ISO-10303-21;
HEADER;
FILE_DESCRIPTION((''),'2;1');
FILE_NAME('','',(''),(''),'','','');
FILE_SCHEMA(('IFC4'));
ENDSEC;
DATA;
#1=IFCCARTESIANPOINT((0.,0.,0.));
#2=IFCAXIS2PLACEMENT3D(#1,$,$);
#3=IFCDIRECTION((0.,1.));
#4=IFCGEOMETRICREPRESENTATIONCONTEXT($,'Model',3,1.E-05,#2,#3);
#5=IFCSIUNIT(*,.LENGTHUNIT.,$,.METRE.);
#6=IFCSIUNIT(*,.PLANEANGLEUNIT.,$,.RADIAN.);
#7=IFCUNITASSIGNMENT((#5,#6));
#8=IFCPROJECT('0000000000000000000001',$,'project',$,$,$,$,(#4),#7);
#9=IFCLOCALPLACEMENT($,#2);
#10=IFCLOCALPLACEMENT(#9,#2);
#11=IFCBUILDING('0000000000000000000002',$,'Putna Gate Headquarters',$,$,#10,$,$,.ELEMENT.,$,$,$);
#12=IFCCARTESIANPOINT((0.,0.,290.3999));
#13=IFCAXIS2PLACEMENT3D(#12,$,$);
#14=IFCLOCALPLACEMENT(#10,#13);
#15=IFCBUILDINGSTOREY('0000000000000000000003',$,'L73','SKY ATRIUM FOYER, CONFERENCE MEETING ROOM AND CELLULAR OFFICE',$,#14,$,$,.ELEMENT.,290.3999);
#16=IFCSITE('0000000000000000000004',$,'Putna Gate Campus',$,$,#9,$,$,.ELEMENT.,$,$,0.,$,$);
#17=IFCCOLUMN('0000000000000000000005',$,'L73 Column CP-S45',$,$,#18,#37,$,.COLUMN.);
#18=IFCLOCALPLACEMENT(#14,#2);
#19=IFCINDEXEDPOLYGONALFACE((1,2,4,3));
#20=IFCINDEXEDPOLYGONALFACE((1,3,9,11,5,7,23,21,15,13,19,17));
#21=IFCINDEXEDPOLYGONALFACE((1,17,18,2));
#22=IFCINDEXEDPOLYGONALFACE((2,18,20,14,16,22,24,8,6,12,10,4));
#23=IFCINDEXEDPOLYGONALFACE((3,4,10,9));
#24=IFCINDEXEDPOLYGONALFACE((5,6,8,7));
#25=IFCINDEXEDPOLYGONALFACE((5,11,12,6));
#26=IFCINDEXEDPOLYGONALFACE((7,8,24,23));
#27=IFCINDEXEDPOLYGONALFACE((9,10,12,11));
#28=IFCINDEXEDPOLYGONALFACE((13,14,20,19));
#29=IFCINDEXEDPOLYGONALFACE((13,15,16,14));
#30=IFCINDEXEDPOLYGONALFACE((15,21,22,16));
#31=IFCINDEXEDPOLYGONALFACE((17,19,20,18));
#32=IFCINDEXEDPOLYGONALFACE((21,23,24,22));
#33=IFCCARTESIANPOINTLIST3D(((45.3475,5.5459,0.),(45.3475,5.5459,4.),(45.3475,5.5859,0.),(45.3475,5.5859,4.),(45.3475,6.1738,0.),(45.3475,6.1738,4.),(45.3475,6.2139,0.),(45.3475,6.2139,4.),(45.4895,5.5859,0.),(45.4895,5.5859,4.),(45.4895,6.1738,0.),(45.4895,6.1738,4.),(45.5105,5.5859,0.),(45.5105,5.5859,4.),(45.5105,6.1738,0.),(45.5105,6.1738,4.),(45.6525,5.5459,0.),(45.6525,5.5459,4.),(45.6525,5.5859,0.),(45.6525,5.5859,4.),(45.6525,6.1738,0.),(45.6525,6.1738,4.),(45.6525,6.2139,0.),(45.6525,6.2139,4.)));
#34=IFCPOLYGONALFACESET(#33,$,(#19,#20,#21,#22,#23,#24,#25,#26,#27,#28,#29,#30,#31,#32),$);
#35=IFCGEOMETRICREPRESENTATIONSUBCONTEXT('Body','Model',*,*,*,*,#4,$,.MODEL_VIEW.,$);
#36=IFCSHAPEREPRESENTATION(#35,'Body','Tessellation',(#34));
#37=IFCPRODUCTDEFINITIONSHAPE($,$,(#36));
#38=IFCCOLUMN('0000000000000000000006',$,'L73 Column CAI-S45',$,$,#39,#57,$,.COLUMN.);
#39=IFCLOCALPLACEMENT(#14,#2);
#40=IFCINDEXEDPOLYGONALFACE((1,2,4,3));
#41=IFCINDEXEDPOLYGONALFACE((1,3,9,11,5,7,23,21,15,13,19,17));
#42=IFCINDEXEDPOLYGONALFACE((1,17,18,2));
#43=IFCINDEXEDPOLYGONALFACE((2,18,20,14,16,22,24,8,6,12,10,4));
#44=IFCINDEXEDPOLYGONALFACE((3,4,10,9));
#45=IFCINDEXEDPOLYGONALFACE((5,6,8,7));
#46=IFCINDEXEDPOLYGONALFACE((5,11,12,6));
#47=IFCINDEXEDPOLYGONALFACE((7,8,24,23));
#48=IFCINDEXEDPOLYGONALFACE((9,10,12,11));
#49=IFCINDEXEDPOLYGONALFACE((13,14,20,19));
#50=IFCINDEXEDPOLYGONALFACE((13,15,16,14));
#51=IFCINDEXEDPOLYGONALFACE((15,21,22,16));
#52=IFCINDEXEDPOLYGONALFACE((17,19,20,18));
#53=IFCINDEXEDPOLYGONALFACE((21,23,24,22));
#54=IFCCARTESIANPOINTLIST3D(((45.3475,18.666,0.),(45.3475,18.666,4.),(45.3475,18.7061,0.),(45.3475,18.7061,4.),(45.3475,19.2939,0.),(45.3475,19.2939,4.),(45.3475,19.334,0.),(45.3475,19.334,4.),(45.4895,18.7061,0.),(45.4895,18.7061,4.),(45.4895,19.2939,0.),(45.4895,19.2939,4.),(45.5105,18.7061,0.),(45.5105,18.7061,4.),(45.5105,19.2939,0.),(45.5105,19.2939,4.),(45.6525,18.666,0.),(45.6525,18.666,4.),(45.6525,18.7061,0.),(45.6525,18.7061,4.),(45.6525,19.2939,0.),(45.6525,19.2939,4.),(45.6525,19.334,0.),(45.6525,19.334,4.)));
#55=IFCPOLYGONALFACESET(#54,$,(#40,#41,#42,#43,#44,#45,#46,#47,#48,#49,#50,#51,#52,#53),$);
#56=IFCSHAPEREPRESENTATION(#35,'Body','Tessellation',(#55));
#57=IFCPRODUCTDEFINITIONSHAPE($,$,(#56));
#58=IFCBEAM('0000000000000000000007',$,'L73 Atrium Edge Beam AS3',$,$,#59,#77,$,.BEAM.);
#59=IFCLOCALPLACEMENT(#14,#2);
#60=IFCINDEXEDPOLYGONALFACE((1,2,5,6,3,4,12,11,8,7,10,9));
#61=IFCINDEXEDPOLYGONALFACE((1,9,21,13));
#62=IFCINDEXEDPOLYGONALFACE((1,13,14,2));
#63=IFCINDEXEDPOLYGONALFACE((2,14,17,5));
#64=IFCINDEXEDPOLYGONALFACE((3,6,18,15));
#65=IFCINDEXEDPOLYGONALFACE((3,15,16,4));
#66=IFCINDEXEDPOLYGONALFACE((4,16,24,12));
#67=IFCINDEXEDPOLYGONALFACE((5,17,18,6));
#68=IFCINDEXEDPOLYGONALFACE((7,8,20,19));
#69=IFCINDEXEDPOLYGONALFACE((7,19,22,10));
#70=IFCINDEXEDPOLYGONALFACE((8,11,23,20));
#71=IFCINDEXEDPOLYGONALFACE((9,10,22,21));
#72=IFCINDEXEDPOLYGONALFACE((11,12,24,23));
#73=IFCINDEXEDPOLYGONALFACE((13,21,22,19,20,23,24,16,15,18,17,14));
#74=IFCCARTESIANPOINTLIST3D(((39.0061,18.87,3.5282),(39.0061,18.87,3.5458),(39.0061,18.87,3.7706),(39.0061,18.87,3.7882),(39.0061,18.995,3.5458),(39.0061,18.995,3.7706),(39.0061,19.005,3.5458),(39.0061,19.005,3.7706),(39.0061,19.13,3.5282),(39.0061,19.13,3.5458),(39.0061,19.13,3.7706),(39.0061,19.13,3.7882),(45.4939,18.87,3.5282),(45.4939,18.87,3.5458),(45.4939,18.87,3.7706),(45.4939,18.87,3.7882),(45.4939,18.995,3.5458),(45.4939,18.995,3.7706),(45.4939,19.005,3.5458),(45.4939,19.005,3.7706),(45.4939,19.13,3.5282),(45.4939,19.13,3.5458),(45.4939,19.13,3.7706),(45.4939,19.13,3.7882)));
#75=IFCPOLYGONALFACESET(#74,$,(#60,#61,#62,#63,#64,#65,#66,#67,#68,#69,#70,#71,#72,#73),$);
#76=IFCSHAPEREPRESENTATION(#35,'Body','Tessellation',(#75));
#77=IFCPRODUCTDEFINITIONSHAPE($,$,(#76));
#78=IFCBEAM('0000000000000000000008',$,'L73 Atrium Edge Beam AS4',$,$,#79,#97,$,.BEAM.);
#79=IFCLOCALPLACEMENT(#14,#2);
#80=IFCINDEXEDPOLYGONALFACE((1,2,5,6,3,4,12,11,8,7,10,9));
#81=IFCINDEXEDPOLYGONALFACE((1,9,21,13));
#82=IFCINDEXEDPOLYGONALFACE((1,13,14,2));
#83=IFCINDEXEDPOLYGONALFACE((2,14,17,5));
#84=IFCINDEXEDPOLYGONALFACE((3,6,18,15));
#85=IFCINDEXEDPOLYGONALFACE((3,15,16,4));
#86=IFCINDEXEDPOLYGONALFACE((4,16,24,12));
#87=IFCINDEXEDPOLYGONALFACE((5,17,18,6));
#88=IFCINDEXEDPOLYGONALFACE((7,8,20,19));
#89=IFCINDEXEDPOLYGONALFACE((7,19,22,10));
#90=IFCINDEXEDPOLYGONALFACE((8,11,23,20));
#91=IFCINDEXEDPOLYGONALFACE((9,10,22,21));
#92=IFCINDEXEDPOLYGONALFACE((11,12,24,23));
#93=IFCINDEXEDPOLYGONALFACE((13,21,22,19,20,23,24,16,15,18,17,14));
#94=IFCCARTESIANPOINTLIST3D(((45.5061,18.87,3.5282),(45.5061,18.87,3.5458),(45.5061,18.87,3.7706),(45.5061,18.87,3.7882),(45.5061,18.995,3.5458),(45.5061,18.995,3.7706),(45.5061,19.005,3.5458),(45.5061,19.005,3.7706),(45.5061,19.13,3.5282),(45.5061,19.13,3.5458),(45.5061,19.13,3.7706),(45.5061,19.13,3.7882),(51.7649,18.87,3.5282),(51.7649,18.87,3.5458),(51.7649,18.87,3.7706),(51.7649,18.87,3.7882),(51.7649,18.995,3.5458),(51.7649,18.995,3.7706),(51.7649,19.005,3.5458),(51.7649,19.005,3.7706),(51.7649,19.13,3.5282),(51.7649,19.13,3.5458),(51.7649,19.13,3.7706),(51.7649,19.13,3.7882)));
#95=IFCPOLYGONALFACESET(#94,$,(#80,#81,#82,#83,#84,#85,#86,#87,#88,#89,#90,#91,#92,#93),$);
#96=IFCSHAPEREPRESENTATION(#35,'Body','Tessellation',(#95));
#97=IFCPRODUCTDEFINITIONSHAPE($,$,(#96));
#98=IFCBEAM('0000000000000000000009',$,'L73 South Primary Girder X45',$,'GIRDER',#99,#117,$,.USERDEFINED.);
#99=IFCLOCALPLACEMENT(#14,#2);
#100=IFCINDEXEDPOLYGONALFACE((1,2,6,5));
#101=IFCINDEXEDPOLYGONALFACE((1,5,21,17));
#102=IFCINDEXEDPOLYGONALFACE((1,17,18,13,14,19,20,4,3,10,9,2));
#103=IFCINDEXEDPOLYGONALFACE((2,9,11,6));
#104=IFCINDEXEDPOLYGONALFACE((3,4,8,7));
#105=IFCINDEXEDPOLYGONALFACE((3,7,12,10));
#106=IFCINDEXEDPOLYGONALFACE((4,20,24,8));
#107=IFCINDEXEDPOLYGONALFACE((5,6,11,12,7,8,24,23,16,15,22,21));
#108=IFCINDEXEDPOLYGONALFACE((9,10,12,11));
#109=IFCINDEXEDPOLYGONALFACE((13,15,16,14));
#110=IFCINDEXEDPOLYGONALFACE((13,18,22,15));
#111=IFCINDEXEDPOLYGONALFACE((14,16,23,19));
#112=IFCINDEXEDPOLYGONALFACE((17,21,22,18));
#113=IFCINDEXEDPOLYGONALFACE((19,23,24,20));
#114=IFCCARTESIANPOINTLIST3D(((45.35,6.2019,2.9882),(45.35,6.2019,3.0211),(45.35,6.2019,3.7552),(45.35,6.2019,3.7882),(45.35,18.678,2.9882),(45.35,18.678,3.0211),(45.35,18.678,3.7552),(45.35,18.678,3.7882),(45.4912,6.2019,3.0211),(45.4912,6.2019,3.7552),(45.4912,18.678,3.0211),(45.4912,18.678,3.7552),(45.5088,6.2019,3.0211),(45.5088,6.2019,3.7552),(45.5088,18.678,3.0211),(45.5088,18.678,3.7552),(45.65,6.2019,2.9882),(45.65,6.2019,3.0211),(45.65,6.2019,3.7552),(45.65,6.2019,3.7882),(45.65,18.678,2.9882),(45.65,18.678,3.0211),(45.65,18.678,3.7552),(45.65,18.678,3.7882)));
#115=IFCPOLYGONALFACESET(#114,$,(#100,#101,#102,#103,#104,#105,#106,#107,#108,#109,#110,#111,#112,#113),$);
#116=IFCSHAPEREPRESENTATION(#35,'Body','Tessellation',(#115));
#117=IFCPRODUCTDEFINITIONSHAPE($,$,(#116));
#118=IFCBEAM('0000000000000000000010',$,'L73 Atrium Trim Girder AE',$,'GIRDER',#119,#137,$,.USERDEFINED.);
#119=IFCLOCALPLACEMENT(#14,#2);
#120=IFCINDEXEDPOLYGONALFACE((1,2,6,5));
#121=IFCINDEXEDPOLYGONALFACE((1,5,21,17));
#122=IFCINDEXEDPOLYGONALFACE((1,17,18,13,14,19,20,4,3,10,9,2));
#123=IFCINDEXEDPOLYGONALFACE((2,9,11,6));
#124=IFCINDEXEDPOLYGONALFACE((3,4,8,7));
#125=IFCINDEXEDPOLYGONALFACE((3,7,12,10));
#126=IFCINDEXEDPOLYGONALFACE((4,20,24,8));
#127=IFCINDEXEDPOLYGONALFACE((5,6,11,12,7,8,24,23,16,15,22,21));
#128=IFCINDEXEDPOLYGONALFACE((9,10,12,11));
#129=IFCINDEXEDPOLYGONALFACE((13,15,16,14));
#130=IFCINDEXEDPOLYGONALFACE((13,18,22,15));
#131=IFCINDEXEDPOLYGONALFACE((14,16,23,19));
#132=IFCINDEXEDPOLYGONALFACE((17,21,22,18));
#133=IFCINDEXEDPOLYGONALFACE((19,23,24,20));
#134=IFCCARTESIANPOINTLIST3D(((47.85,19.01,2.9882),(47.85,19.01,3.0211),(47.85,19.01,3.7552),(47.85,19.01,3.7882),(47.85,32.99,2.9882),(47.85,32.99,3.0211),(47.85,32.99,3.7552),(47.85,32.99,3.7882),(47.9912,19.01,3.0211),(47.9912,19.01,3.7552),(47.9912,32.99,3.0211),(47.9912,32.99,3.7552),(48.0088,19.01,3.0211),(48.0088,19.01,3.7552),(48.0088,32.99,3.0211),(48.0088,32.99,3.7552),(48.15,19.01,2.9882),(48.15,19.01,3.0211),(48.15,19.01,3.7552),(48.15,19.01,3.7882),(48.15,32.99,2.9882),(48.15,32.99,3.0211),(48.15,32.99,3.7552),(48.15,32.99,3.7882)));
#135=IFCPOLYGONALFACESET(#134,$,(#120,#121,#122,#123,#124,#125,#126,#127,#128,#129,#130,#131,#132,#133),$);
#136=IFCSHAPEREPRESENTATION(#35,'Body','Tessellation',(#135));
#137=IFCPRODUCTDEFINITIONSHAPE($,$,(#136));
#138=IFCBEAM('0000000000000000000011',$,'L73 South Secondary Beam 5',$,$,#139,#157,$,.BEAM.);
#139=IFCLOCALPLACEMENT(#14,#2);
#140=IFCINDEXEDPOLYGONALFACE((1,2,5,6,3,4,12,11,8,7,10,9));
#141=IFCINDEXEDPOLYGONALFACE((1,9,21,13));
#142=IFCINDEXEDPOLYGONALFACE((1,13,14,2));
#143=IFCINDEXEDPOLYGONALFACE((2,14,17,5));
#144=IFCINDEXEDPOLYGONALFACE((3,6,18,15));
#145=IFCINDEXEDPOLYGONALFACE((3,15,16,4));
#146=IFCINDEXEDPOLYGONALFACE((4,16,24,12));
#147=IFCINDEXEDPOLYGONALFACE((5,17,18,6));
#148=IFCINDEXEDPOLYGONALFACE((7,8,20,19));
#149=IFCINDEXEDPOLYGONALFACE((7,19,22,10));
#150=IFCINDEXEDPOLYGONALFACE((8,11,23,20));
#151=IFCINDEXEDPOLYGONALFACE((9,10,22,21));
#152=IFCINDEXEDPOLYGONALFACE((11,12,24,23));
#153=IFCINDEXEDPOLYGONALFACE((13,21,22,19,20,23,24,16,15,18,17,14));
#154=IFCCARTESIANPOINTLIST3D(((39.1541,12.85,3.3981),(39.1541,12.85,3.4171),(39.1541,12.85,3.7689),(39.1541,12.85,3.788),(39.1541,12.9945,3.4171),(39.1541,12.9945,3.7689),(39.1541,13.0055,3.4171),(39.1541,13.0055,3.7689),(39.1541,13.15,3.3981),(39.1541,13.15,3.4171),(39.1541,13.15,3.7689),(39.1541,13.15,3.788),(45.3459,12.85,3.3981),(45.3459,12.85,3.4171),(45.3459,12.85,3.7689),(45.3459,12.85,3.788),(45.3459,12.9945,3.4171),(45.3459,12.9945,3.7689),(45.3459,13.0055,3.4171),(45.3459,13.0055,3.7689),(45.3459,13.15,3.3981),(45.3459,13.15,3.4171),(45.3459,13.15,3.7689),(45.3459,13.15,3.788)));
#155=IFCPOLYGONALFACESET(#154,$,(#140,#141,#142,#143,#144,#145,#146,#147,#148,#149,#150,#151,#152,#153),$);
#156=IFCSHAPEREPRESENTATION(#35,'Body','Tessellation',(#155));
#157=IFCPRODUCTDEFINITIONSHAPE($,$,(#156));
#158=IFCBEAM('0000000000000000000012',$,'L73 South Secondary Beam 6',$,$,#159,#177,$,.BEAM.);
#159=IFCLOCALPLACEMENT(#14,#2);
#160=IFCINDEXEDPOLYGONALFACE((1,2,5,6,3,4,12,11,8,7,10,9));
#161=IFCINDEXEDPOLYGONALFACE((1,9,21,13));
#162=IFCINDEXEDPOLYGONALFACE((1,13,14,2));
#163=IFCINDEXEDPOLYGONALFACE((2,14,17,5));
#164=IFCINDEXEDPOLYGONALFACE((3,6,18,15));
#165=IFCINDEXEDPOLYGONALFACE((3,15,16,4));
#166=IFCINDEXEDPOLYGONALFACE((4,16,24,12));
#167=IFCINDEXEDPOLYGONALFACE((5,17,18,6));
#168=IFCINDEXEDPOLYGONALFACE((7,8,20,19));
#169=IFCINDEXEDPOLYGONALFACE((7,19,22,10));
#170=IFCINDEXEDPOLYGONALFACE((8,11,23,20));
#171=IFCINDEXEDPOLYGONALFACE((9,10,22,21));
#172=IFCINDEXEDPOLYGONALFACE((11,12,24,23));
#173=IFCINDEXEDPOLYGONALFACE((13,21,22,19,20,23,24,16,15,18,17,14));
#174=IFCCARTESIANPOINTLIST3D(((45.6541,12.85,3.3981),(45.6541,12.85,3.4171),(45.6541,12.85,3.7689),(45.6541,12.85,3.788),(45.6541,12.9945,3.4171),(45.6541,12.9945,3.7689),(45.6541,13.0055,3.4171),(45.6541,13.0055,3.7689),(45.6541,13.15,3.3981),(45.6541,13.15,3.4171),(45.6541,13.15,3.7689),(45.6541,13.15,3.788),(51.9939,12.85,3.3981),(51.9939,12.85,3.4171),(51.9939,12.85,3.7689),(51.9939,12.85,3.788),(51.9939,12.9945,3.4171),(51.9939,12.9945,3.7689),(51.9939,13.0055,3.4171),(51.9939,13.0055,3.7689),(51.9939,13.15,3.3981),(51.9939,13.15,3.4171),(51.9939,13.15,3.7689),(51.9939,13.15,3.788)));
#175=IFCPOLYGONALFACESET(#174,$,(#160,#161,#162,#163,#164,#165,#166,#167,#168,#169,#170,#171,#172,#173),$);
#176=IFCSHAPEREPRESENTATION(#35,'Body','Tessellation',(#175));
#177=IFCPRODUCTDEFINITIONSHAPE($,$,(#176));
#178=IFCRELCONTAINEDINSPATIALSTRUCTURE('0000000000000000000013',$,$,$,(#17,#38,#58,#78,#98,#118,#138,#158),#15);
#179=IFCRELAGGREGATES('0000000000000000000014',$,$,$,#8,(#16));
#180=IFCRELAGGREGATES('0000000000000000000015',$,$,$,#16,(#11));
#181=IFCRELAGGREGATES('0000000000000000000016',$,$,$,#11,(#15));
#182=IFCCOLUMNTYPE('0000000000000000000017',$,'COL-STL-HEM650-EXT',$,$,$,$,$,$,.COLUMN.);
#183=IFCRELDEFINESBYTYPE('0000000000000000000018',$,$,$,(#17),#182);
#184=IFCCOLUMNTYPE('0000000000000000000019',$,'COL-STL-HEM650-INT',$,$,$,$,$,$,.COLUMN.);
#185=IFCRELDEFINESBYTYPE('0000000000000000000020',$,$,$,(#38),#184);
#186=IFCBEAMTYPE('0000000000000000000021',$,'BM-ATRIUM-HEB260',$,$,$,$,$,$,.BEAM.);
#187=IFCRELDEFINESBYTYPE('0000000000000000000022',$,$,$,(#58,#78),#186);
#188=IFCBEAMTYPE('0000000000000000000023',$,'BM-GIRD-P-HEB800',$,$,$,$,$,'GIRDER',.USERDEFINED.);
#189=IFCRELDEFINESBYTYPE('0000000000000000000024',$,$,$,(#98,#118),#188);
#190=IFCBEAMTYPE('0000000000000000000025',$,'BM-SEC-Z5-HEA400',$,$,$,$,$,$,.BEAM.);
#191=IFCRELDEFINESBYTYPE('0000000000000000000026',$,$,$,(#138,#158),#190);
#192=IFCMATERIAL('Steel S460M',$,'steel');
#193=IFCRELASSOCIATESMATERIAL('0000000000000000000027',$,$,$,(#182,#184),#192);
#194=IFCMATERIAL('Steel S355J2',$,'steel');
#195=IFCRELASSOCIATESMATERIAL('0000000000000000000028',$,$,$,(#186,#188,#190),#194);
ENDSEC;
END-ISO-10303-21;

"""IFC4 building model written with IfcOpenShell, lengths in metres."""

from ifc_helpers import new_model, si_unit, direction, frame, origin, origin_2d, place, context, subcontext, project, spatial, i_section, extrude, material, material_profile, profile_set, type_object, element, save


model = new_model("IFC4")

# Units and contexts
model_context = context("Model", 3, precision=1e-05, world=origin(), true_north=direction((0.0, 1.0)))
body_context = subcontext(model_context, "Body", "Model", "MODEL_VIEW")
ifc_project = project(units=[si_unit("LENGTHUNIT", "METRE"), si_unit("PLANEANGLEUNIT", "RADIAN")], contexts=[model_context])

# Site, building, storey
site_placement = place(None, origin())
site = spatial("IfcSite", under=ifc_project, at=site_placement, Name="Putna Gate Campus", CompositionType="ELEMENT", RefElevation=0.0)
building_placement = place(site_placement, origin())
building = spatial("IfcBuilding", under=site, at=building_placement, Name="Putna Gate Headquarters", CompositionType="ELEMENT")
storey_placement = place(building_placement, frame((0.0, 0.0, 290.3999)))
storey = spatial("IfcBuildingStorey", under=building, at=storey_placement, Name="L73", Description="SKY ATRIUM FOYER, CONFERENCE MEETING ROOM AND CELLULAR OFFICE", CompositionType="ELEMENT", Elevation=290.3999)

# Columns
ifc_material_1 = material(Name="Steel S460M", Category="steel")
ifc_material_profile_1 = material_profile(ifc_material_1, i_section(OverallWidth=0.3049, OverallDepth=0.668, WebThickness=0.021, FlangeThickness=0.04, at=origin_2d()), Name="Steel S460M")
ifc_profile_set_1 = profile_set([ifc_material_profile_1], Name="Steel S460M")
column_type_1 = type_object("IfcColumnType", Name="COL-STL-HEM650-EXT", PredefinedType="COLUMN", material=ifc_profile_set_1)
column_1_placement = place(storey_placement, frame((45.5, 5.8799, 0.0), z_axis=(0.0, 0.0, 1.0), x_axis=(1.0, 0.0, 0.0)))
element("IfcColumn", 1, at=column_1_placement, inside=storey, type_object=column_type_1, Name="L73 Column CP-S45", PredefinedType="COLUMN", context=body_context, shape_type="SweptSolid", body=[
    extrude(i_section(OverallWidth=0.3049, OverallDepth=0.668, WebThickness=0.021, FlangeThickness=0.04, at=origin_2d()), origin(), (0.0, 0.0, 1.0), 4.0),
])
ifc_material_profile_2 = material_profile(ifc_material_1, i_section(OverallWidth=0.3049, OverallDepth=0.668, WebThickness=0.021, FlangeThickness=0.04, at=origin_2d()), Name="Steel S460M")
ifc_profile_set_2 = profile_set([ifc_material_profile_2], Name="Steel S460M")
column_type_2 = type_object("IfcColumnType", Name="COL-STL-HEM650-INT", PredefinedType="COLUMN", material=ifc_profile_set_2)
column_2_placement = place(storey_placement, frame((45.5, 19.0, 0.0), z_axis=(0.0, 0.0, 1.0), x_axis=(1.0, 0.0, 0.0)))
element("IfcColumn", 2, at=column_2_placement, inside=storey, type_object=column_type_2, Name="L73 Column CAI-S45", PredefinedType="COLUMN", context=body_context, shape_type="SweptSolid", body=[
    extrude(i_section(OverallWidth=0.3049, OverallDepth=0.668, WebThickness=0.021, FlangeThickness=0.04, at=origin_2d()), origin(), (0.0, 0.0, 1.0), 4.0),
])

# Beams
ifc_material_2 = material(Name="Steel S355J2", Category="steel")
ifc_material_profile_3 = material_profile(ifc_material_2, i_section(OverallWidth=0.26, OverallDepth=0.26, WebThickness=0.01, FlangeThickness=0.0176, at=origin_2d()), Name="Steel S355J2")
ifc_profile_set_3 = profile_set([ifc_material_profile_3], Name="Steel S355J2")
beam_type_1 = type_object("IfcBeamType", Name="BM-ATRIUM-HEB260", PredefinedType="BEAM", material=ifc_profile_set_3)
beam_1_placement = place(storey_placement, frame((39.0061, 19.0, 3.6582), z_axis=(1.0, 0.0, 0.0), x_axis=(0.0, 1.0, 0.0)))
element("IfcBeam", 3, at=beam_1_placement, inside=storey, type_object=beam_type_1, Name="L73 Atrium Edge Beam AS3", PredefinedType="BEAM", context=body_context, shape_type="SweptSolid", body=[
    extrude(i_section(OverallWidth=0.26, OverallDepth=0.26, WebThickness=0.01, FlangeThickness=0.0176, at=origin_2d()), origin(), (0.0, 0.0, 1.0), 6.4878),
])
beam_2_placement = place(storey_placement, frame((45.5061, 19.0, 3.6582), z_axis=(1.0, 0.0, 0.0), x_axis=(0.0, 1.0, 0.0)))
element("IfcBeam", 4, at=beam_2_placement, inside=storey, type_object=beam_type_1, Name="L73 Atrium Edge Beam AS4", PredefinedType="BEAM", context=body_context, shape_type="SweptSolid", body=[
    extrude(i_section(OverallWidth=0.26, OverallDepth=0.26, WebThickness=0.01, FlangeThickness=0.0176, at=origin_2d()), origin(), (0.0, 0.0, 1.0), 6.2588),
])
ifc_material_profile_4 = material_profile(ifc_material_2, i_section(OverallWidth=0.3, OverallDepth=0.8, WebThickness=0.0176, FlangeThickness=0.033, at=origin_2d()), Name="Steel S355J2")
ifc_profile_set_4 = profile_set([ifc_material_profile_4], Name="Steel S355J2")
beam_type_2 = type_object("IfcBeamType", Name="BM-GIRD-P-HEB800", ElementType="GIRDER", PredefinedType="USERDEFINED", material=ifc_profile_set_4)
beam_3_placement = place(storey_placement, frame((45.5, 6.2019, 3.3882), z_axis=(0.0, 1.0, 0.0), x_axis=(-1.0, 0.0, 0.0)))
element("IfcBeam", 5, at=beam_3_placement, inside=storey, type_object=beam_type_2, Name="L73 South Primary Girder X45", ObjectType="GIRDER", PredefinedType="USERDEFINED", context=body_context, shape_type="SweptSolid", body=[
    extrude(i_section(OverallWidth=0.3, OverallDepth=0.8, WebThickness=0.0176, FlangeThickness=0.033, at=origin_2d()), origin(), (0.0, 0.0, 1.0), 12.4761),
])
beam_4_placement = place(storey_placement, frame((48.0, 19.01, 3.3882), z_axis=(0.0, 1.0, 0.0), x_axis=(-1.0, 0.0, 0.0)))
element("IfcBeam", 6, at=beam_4_placement, inside=storey, type_object=beam_type_2, Name="L73 Atrium Trim Girder AE", ObjectType="GIRDER", PredefinedType="USERDEFINED", context=body_context, shape_type="SweptSolid", body=[
    extrude(i_section(OverallWidth=0.3, OverallDepth=0.8, WebThickness=0.0176, FlangeThickness=0.033, at=origin_2d()), origin(), (0.0, 0.0, 1.0), 13.98),
])
ifc_material_profile_5 = material_profile(ifc_material_2, i_section(OverallWidth=0.3, OverallDepth=0.3899, WebThickness=0.011, FlangeThickness=0.019, at=origin_2d()), Name="Steel S355J2")
ifc_profile_set_5 = profile_set([ifc_material_profile_5], Name="Steel S355J2")
beam_type_3 = type_object("IfcBeamType", Name="BM-SEC-Z5-HEA400", PredefinedType="BEAM", material=ifc_profile_set_5)
beam_5_placement = place(storey_placement, frame((39.1541, 13.0, 3.593), z_axis=(1.0, 0.0, 0.0), x_axis=(0.0, 1.0, 0.0)))
element("IfcBeam", 7, at=beam_5_placement, inside=storey, type_object=beam_type_3, Name="L73 South Secondary Beam 5", PredefinedType="BEAM", context=body_context, shape_type="SweptSolid", body=[
    extrude(i_section(OverallWidth=0.3, OverallDepth=0.3899, WebThickness=0.011, FlangeThickness=0.019, at=origin_2d()), origin(), (0.0, 0.0, 1.0), 6.1919),
])
beam_6_placement = place(storey_placement, frame((45.6541, 13.0, 3.593), z_axis=(1.0, 0.0, 0.0), x_axis=(0.0, 1.0, 0.0)))
element("IfcBeam", 8, at=beam_6_placement, inside=storey, type_object=beam_type_3, Name="L73 South Secondary Beam 6", PredefinedType="BEAM", context=body_context, shape_type="SweptSolid", body=[
    extrude(i_section(OverallWidth=0.3, OverallDepth=0.3899, WebThickness=0.011, FlangeThickness=0.019, at=origin_2d()), origin(), (0.0, 0.0, 1.0), 6.3398),
])

save(model, "model.ifc")
